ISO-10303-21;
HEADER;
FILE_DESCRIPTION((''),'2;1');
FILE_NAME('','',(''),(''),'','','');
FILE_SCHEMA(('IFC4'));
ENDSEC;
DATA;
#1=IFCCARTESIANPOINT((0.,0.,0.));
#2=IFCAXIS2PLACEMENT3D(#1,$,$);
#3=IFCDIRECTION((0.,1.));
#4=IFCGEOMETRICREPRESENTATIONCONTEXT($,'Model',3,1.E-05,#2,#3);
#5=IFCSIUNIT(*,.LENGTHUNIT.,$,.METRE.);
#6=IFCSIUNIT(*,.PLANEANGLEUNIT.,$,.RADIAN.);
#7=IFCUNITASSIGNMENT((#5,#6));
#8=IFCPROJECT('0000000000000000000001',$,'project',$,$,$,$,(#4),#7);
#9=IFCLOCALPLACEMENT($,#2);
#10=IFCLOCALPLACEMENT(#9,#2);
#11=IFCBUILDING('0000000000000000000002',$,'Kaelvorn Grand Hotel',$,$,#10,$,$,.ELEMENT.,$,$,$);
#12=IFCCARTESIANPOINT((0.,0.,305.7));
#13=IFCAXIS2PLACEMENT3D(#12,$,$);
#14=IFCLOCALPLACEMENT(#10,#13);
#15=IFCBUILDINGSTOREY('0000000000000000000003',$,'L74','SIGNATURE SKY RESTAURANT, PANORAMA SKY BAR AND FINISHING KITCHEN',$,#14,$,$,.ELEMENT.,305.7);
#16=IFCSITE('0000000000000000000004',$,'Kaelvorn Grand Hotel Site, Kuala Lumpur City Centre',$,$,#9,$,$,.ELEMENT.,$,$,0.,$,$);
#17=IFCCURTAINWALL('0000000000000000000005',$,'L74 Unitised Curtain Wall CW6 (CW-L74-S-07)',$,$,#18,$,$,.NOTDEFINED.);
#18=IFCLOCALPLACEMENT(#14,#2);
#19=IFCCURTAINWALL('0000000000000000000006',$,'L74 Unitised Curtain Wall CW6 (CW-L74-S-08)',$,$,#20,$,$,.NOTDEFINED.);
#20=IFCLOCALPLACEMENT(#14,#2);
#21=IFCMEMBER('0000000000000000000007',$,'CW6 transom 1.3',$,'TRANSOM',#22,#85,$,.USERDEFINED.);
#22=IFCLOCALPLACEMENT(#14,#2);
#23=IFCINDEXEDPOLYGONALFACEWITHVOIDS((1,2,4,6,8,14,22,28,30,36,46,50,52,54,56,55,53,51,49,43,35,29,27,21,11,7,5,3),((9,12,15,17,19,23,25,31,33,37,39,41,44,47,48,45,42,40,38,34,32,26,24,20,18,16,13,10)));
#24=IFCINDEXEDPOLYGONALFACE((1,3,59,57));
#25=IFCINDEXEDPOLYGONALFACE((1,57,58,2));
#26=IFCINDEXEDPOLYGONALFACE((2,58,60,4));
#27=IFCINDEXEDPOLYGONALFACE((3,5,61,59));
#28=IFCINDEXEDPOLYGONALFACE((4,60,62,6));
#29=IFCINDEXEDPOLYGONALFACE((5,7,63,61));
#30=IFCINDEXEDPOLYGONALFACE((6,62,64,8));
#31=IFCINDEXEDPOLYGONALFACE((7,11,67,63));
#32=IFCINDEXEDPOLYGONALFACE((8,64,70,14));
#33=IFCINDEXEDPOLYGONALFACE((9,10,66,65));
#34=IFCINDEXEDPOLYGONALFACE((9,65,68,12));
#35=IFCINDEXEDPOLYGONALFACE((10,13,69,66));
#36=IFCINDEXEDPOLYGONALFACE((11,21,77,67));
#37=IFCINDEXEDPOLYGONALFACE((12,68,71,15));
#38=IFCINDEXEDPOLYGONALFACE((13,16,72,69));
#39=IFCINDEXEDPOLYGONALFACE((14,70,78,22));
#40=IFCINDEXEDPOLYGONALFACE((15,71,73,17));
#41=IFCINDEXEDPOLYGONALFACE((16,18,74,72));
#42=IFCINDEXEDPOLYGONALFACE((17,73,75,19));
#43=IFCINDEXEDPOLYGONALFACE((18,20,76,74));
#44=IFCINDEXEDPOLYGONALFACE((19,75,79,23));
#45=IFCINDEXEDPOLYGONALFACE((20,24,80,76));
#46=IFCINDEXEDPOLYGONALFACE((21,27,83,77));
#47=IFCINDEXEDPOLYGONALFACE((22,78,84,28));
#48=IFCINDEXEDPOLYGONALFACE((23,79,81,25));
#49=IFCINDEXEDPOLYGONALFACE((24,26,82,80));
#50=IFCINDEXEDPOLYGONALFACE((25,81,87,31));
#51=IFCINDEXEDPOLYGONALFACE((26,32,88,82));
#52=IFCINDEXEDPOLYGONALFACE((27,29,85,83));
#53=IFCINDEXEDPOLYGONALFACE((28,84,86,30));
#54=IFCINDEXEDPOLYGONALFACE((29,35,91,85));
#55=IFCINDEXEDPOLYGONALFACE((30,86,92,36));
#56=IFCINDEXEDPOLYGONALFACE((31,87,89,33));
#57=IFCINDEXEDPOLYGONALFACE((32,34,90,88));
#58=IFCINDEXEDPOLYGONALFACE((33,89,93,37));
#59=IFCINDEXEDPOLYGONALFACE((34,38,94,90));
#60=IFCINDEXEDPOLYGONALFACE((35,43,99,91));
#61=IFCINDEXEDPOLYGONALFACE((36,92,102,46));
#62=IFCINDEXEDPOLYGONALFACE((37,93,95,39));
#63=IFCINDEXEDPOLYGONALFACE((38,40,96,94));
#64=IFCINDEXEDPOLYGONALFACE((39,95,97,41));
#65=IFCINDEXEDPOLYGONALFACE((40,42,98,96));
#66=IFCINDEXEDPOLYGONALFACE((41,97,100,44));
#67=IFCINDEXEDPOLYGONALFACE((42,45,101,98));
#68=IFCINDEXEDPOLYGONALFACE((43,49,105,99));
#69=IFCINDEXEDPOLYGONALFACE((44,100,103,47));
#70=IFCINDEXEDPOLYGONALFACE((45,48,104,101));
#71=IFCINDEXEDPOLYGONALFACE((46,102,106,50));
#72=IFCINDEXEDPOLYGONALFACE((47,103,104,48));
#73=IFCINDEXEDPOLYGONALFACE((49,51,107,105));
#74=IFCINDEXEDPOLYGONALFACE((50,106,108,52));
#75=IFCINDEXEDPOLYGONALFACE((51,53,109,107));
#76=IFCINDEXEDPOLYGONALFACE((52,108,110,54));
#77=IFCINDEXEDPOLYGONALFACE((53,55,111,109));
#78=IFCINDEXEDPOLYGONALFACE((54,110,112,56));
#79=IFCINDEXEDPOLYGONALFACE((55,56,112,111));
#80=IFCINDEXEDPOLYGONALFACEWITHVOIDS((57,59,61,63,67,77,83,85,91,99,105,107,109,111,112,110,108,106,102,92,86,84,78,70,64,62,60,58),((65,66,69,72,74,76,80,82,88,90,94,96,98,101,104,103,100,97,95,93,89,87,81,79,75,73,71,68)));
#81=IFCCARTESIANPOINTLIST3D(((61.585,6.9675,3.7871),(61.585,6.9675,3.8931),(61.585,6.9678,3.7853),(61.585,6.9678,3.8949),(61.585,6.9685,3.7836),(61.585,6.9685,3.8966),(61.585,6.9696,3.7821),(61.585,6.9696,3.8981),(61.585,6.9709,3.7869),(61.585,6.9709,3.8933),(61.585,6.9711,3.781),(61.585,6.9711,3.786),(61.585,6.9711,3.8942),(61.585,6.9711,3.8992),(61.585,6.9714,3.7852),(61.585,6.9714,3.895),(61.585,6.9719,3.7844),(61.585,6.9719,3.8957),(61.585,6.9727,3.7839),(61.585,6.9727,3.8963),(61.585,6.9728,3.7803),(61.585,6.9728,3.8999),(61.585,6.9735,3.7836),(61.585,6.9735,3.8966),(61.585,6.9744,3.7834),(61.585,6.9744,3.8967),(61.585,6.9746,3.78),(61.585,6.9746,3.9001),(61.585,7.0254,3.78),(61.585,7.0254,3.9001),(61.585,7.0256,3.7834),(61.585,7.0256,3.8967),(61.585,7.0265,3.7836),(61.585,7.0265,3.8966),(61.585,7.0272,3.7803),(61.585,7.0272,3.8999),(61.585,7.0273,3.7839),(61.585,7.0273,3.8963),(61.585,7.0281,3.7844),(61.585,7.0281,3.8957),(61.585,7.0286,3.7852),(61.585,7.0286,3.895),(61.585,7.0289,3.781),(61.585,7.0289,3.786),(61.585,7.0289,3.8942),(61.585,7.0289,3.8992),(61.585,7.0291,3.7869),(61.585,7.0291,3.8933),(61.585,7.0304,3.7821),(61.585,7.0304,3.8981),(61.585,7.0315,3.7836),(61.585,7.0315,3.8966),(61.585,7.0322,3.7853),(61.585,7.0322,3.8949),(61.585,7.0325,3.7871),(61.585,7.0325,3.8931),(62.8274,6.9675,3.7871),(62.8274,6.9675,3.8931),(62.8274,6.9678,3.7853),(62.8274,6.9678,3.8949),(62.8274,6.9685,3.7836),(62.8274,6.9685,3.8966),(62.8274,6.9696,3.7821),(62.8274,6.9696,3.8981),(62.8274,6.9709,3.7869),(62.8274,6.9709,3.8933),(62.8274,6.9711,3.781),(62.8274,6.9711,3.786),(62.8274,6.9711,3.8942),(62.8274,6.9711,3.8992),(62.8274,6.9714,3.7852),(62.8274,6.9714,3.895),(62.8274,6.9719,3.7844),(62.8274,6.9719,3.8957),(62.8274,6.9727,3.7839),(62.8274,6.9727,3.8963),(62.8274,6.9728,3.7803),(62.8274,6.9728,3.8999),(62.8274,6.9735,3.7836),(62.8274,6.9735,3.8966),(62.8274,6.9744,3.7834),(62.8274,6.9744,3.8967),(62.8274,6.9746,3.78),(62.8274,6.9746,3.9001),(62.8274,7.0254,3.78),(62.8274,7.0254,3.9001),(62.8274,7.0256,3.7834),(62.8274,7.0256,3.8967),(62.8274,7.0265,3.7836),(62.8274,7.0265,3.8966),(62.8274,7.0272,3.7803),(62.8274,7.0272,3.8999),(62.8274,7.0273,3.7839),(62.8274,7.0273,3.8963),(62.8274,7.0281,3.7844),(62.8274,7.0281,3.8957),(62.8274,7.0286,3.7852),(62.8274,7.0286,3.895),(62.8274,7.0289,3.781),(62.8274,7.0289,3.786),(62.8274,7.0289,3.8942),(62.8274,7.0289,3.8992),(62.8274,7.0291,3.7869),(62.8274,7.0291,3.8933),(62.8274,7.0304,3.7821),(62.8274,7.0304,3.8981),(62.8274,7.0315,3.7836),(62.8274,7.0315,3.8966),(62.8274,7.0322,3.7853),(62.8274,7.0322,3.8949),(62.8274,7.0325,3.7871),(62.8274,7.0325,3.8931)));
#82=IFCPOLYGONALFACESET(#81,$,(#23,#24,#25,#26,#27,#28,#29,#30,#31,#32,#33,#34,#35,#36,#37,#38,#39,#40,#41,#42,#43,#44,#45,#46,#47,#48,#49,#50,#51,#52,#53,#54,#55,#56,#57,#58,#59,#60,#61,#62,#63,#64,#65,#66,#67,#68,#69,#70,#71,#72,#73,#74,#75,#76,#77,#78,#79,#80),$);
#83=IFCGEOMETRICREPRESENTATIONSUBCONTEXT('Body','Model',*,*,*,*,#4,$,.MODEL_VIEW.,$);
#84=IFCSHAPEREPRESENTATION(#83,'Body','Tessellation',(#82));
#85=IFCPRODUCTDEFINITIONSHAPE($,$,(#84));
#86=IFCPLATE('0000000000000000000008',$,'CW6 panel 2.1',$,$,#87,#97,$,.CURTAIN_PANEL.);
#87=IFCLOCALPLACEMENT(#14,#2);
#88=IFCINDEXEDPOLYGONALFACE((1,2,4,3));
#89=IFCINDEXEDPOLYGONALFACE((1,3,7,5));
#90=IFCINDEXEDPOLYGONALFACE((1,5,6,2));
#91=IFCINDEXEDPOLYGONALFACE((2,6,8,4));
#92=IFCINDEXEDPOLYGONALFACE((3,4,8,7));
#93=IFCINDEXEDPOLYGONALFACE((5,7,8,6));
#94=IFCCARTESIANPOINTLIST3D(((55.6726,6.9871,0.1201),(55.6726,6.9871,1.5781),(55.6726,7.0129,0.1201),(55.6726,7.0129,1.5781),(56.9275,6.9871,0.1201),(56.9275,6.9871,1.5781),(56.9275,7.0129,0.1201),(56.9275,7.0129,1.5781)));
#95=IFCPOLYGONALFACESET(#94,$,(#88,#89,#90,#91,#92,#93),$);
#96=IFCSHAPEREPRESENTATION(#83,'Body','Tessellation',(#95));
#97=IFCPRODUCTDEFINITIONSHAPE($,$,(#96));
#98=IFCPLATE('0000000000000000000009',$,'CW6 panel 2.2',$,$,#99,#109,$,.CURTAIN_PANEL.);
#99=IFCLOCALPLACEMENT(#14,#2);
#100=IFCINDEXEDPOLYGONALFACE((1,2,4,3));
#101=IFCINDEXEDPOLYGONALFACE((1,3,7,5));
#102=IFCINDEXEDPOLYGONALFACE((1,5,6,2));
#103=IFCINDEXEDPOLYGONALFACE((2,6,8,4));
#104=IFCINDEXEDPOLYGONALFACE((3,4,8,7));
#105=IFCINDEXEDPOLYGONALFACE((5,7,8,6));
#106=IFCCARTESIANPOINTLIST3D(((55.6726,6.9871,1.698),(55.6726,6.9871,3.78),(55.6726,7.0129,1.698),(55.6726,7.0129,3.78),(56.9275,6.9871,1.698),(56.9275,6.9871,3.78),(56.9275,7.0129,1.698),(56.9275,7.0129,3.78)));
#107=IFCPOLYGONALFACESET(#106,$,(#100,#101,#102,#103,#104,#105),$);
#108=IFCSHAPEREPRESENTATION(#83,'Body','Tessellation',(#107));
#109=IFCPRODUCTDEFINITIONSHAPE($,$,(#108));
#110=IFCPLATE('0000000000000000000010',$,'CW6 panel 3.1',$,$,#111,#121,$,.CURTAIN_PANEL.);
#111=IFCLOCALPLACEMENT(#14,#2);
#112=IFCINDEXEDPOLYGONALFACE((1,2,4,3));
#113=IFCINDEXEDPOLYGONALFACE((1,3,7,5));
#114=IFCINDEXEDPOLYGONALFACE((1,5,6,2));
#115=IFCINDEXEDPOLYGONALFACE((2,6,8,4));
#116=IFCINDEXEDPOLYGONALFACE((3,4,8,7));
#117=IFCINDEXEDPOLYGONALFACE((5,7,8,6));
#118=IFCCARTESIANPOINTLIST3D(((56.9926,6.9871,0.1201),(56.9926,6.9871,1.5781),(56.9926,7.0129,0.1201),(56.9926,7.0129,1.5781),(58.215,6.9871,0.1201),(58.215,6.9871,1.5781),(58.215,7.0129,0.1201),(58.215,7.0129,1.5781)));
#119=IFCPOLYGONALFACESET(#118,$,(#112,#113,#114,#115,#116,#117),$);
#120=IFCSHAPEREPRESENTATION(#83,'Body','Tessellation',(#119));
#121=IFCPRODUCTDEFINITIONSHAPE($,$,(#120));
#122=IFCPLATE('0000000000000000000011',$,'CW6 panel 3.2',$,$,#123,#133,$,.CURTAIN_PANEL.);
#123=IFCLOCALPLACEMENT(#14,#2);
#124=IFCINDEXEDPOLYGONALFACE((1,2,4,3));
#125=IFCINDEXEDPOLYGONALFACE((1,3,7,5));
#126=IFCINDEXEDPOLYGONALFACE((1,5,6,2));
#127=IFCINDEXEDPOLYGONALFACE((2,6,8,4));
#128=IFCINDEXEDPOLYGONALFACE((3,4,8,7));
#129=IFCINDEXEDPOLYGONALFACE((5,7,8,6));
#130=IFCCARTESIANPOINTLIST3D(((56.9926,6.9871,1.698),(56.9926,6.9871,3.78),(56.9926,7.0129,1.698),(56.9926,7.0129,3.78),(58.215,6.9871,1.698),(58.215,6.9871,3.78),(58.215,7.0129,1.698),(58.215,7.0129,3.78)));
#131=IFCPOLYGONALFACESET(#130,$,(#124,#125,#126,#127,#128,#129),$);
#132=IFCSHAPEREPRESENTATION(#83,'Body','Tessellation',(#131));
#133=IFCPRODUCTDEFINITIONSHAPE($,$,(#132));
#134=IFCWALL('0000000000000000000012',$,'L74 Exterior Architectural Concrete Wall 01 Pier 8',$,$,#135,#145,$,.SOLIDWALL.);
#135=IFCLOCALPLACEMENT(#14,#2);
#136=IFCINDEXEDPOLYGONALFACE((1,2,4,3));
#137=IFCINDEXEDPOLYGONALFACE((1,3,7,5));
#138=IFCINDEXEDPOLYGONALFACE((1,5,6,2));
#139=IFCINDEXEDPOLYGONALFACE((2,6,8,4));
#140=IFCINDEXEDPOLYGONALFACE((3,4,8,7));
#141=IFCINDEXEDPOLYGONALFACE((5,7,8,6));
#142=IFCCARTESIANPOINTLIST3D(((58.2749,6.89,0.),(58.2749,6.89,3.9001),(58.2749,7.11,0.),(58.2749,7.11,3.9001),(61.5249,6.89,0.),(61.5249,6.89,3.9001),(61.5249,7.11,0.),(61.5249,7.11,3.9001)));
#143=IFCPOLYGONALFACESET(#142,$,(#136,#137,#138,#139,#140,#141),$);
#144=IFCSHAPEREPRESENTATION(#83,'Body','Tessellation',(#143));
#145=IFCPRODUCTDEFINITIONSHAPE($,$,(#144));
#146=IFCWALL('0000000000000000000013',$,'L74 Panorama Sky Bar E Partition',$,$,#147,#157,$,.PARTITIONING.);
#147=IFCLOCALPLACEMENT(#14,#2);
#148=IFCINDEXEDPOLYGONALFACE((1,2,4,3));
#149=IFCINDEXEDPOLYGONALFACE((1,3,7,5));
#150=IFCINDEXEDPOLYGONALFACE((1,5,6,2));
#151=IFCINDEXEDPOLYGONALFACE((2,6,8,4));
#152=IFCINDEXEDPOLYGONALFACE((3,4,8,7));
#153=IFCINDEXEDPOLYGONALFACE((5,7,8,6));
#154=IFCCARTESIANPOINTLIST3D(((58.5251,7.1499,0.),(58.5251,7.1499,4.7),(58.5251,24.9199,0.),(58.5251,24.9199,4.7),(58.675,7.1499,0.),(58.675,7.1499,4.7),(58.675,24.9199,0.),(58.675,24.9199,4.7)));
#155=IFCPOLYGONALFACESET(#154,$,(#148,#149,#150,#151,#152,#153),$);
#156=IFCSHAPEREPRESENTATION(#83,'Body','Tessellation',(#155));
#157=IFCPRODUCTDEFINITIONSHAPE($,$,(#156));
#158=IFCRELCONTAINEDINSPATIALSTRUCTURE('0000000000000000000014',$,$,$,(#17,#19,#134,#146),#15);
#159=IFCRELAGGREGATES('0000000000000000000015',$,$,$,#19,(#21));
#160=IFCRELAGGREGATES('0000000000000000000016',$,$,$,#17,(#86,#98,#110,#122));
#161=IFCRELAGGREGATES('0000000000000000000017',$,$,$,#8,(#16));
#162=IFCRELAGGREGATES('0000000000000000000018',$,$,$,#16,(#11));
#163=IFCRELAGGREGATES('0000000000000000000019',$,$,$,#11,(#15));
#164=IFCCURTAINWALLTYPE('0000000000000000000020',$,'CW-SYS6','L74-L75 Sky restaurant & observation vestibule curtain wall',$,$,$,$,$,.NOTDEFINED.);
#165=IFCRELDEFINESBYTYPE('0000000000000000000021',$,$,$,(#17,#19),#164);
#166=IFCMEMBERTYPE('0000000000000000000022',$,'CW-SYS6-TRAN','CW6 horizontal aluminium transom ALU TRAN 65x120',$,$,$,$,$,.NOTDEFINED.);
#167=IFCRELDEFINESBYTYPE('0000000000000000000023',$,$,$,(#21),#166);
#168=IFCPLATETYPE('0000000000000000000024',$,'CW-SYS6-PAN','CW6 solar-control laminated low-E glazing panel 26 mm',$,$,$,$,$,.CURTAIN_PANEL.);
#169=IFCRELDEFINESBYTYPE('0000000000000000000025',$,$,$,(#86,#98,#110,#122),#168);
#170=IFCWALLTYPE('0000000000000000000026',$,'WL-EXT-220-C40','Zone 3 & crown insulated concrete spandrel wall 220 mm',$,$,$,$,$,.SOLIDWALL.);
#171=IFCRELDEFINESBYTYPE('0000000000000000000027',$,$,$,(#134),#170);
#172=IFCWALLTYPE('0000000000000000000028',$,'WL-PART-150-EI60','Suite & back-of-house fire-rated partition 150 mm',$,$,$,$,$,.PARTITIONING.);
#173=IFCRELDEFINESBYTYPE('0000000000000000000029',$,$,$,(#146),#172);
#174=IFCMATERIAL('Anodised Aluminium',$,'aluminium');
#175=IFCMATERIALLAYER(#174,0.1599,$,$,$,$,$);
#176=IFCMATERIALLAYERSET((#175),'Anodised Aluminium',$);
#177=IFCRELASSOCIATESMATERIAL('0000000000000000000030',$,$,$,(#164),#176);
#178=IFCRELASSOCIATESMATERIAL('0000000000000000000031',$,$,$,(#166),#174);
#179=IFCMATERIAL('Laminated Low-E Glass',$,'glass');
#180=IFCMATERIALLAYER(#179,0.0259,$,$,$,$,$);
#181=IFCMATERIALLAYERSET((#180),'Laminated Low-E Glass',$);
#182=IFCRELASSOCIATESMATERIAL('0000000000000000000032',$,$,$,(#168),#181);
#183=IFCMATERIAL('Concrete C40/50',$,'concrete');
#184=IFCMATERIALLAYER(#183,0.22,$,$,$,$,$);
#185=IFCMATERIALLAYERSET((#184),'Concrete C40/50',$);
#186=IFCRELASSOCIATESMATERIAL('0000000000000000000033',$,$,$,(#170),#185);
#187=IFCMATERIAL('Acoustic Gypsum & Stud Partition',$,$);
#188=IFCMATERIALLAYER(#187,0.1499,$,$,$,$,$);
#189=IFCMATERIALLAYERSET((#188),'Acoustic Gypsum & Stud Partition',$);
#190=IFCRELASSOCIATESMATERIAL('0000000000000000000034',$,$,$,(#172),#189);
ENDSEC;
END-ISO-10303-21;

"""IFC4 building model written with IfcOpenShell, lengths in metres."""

from ifc_helpers import new_model, si_unit, direction, frame, frame_2d, origin, origin_2d, place, context, subcontext, project, spatial, rectangle, hollow_rectangle, extrude, material, layer, layer_set, material_profile, profile_set, type_object, element, aggregate, save


model = new_model("IFC4")

# Units and contexts
model_context = context("Model", 3, precision=1e-05, world=origin(), true_north=direction((0.0, 1.0)))
body_context = subcontext(model_context, "Body", "Model", "MODEL_VIEW")
ifc_project = project(units=[si_unit("LENGTHUNIT", "METRE"), si_unit("PLANEANGLEUNIT", "RADIAN")], contexts=[model_context])

# Site, building, storey
site_placement = place(None, origin())
site = spatial("IfcSite", under=ifc_project, at=site_placement, Name="Kaelvorn Grand Hotel Site, Kuala Lumpur City Centre", CompositionType="ELEMENT", RefElevation=0.0)
building_placement = place(site_placement, origin())
building = spatial("IfcBuilding", under=site, at=building_placement, Name="Kaelvorn Grand Hotel", CompositionType="ELEMENT")
storey_placement = place(building_placement, frame((0.0, 0.0, 305.7)))
storey = spatial("IfcBuildingStorey", under=building, at=storey_placement, Name="L74", Description="SIGNATURE SKY RESTAURANT, PANORAMA SKY BAR AND FINISHING KITCHEN", CompositionType="ELEMENT", Elevation=305.7)

# Curtain wall
ifc_material_1 = material(Name="Anodised Aluminium", Category="aluminium")
ifc_layer_1 = layer(ifc_material_1, 0.1599)
ifc_layer_set_1 = layer_set([ifc_layer_1], Name="Anodised Aluminium")
curtain_wall_type = type_object("IfcCurtainWallType", Name="CW-SYS6", Description="L74-L75 Sky restaurant & observation vestibule curtain wall", PredefinedType="NOTDEFINED", material=ifc_layer_set_1)
curtain_wall_1_placement = place(storey_placement, origin())
curtain_wall_1 = element("IfcCurtainWall", 1, at=curtain_wall_1_placement, inside=storey, type_object=curtain_wall_type, Name="L74 Unitised Curtain Wall CW6 (CW-L74-S-07)", PredefinedType="NOTDEFINED")

# Curtain wall
curtain_wall_2_placement = place(storey_placement, origin())
curtain_wall_2 = element("IfcCurtainWall", 2, at=curtain_wall_2_placement, inside=storey, type_object=curtain_wall_type, Name="L74 Unitised Curtain Wall CW6 (CW-L74-S-08)", PredefinedType="NOTDEFINED")

# Member
ifc_material_profile_1 = material_profile(ifc_material_1, hollow_rectangle(XDim=0.0649, YDim=0.1201, WallThickness=0.0034, InnerFilletRadius=0.0034, OuterFilletRadius=0.0071, at=origin_2d()), Name="ALU TRAN 65x120")
ifc_profile_set_1 = profile_set([ifc_material_profile_1], Name="Anodised Aluminium")
member_type_1 = type_object("IfcMemberType", Name="CW-SYS6-TRAN", Description="CW6 horizontal aluminium transom ALU TRAN 65x120", PredefinedType="NOTDEFINED", material=ifc_profile_set_1)
member_1_placement = place(storey_placement, frame((61.585, 7.0, 3.8401), z_axis=(1.0, 0.0, 0.0), x_axis=(0.0, 1.0, 0.0)))
member_1 = element("IfcMember", 3, at=member_1_placement, type_object=member_type_1, Name="CW6 transom 1.3", ObjectType="TRANSOM", PredefinedType="USERDEFINED", context=body_context, shape_type="SweptSolid", body=[
    extrude(hollow_rectangle(XDim=0.0649, YDim=0.1201, WallThickness=0.0034, InnerFilletRadius=0.0034, OuterFilletRadius=0.0071, at=origin_2d()), origin(), (0.0, 0.0, 1.0), 1.2424),
])
aggregate(curtain_wall_2, [member_1])

# Plates
ifc_material_2 = material(Name="Laminated Low-E Glass", Category="glass")
ifc_layer_2 = layer(ifc_material_2, 0.0259)
ifc_layer_set_2 = layer_set([ifc_layer_2], Name="Laminated Low-E Glass")
plate_type = type_object("IfcPlateType", Name="CW-SYS6-PAN", Description="CW6 solar-control laminated low-E glazing panel 26 mm", PredefinedType="CURTAIN_PANEL", material=ifc_layer_set_2)
plate_1_placement = place(storey_placement, frame((56.3, 7.0, 0.1201), z_axis=(0.0, 0.0, 1.0), x_axis=(1.0, 0.0, 0.0)))
plate_1 = element("IfcPlate", 4, at=plate_1_placement, type_object=plate_type, Name="CW6 panel 2.1", PredefinedType="CURTAIN_PANEL", context=body_context, shape_type="SweptSolid", body=[
    extrude(rectangle(XDim=1.2549, YDim=0.0259, at=origin_2d()), origin(), (0.0, 0.0, 1.0), 1.458),
])
plate_2_placement = place(storey_placement, frame((56.3, 7.0, 1.698), z_axis=(0.0, 0.0, 1.0), x_axis=(1.0, 0.0, 0.0)))
plate_2 = element("IfcPlate", 5, at=plate_2_placement, type_object=plate_type, Name="CW6 panel 2.2", PredefinedType="CURTAIN_PANEL", context=body_context, shape_type="SweptSolid", body=[
    extrude(rectangle(XDim=1.2549, YDim=0.0259, at=origin_2d()), origin(), (0.0, 0.0, 1.0), 2.082),
])
plate_3_placement = place(storey_placement, frame((57.6038, 7.0, 0.1201), z_axis=(0.0, 0.0, 1.0), x_axis=(1.0, 0.0, 0.0)))
plate_3 = element("IfcPlate", 6, at=plate_3_placement, type_object=plate_type, Name="CW6 panel 3.1", PredefinedType="CURTAIN_PANEL", context=body_context, shape_type="SweptSolid", body=[
    extrude(rectangle(XDim=1.2224, YDim=0.0259, at=origin_2d()), origin(), (0.0, 0.0, 1.0), 1.458),
])
plate_4_placement = place(storey_placement, frame((57.6038, 7.0, 1.698), z_axis=(0.0, 0.0, 1.0), x_axis=(1.0, 0.0, 0.0)))
plate_4 = element("IfcPlate", 7, at=plate_4_placement, type_object=plate_type, Name="CW6 panel 3.2", PredefinedType="CURTAIN_PANEL", context=body_context, shape_type="SweptSolid", body=[
    extrude(rectangle(XDim=1.2224, YDim=0.0259, at=origin_2d()), origin(), (0.0, 0.0, 1.0), 2.082),
])
aggregate(curtain_wall_1, [plate_1, plate_2, plate_3, plate_4])

# Walls
ifc_material_3 = material(Name="Concrete C40/50", Category="concrete")
ifc_layer_3 = layer(ifc_material_3, 0.22)
ifc_layer_set_3 = layer_set([ifc_layer_3], Name="Concrete C40/50")
wall_type_1 = type_object("IfcWallType", Name="WL-EXT-220-C40", Description="Zone 3 & crown insulated concrete spandrel wall 220 mm", PredefinedType="SOLIDWALL", material=ifc_layer_set_3)
wall_1_placement = place(storey_placement, frame((58.2749, 7.0, 0.0), z_axis=(0.0, 0.0, 1.0), x_axis=(1.0, 0.0, 0.0)))
element("IfcWall", 8, at=wall_1_placement, inside=storey, type_object=wall_type_1, Name="L74 Exterior Architectural Concrete Wall 01 Pier 8", PredefinedType="SOLIDWALL", context=body_context, shape_type="SweptSolid", body=[
    extrude(rectangle(XDim=3.25, YDim=0.22, at=frame_2d((1.625, 0.0))), origin(), (0.0, 0.0, 1.0), 3.9001),
])
ifc_material_4 = material(Name="Acoustic Gypsum & Stud Partition")
ifc_layer_4 = layer(ifc_material_4, 0.1499)
ifc_layer_set_4 = layer_set([ifc_layer_4], Name="Acoustic Gypsum & Stud Partition")
wall_type_2 = type_object("IfcWallType", Name="WL-PART-150-EI60", Description="Suite & back-of-house fire-rated partition 150 mm", PredefinedType="PARTITIONING", material=ifc_layer_set_4)
wall_2_placement = place(storey_placement, frame((58.6001, 7.1499, 0.0), z_axis=(0.0, 0.0, 1.0), x_axis=(0.0, 1.0, 0.0)))
element("IfcWall", 9, at=wall_2_placement, inside=storey, type_object=wall_type_2, Name="L74 Panorama Sky Bar E Partition", PredefinedType="PARTITIONING", context=body_context, shape_type="SweptSolid", body=[
    extrude(rectangle(XDim=17.77, YDim=0.1499, at=frame_2d((8.885, 0.0))), origin(), (0.0, 0.0, 1.0), 4.7),
])

save(model, "model.ifc")
